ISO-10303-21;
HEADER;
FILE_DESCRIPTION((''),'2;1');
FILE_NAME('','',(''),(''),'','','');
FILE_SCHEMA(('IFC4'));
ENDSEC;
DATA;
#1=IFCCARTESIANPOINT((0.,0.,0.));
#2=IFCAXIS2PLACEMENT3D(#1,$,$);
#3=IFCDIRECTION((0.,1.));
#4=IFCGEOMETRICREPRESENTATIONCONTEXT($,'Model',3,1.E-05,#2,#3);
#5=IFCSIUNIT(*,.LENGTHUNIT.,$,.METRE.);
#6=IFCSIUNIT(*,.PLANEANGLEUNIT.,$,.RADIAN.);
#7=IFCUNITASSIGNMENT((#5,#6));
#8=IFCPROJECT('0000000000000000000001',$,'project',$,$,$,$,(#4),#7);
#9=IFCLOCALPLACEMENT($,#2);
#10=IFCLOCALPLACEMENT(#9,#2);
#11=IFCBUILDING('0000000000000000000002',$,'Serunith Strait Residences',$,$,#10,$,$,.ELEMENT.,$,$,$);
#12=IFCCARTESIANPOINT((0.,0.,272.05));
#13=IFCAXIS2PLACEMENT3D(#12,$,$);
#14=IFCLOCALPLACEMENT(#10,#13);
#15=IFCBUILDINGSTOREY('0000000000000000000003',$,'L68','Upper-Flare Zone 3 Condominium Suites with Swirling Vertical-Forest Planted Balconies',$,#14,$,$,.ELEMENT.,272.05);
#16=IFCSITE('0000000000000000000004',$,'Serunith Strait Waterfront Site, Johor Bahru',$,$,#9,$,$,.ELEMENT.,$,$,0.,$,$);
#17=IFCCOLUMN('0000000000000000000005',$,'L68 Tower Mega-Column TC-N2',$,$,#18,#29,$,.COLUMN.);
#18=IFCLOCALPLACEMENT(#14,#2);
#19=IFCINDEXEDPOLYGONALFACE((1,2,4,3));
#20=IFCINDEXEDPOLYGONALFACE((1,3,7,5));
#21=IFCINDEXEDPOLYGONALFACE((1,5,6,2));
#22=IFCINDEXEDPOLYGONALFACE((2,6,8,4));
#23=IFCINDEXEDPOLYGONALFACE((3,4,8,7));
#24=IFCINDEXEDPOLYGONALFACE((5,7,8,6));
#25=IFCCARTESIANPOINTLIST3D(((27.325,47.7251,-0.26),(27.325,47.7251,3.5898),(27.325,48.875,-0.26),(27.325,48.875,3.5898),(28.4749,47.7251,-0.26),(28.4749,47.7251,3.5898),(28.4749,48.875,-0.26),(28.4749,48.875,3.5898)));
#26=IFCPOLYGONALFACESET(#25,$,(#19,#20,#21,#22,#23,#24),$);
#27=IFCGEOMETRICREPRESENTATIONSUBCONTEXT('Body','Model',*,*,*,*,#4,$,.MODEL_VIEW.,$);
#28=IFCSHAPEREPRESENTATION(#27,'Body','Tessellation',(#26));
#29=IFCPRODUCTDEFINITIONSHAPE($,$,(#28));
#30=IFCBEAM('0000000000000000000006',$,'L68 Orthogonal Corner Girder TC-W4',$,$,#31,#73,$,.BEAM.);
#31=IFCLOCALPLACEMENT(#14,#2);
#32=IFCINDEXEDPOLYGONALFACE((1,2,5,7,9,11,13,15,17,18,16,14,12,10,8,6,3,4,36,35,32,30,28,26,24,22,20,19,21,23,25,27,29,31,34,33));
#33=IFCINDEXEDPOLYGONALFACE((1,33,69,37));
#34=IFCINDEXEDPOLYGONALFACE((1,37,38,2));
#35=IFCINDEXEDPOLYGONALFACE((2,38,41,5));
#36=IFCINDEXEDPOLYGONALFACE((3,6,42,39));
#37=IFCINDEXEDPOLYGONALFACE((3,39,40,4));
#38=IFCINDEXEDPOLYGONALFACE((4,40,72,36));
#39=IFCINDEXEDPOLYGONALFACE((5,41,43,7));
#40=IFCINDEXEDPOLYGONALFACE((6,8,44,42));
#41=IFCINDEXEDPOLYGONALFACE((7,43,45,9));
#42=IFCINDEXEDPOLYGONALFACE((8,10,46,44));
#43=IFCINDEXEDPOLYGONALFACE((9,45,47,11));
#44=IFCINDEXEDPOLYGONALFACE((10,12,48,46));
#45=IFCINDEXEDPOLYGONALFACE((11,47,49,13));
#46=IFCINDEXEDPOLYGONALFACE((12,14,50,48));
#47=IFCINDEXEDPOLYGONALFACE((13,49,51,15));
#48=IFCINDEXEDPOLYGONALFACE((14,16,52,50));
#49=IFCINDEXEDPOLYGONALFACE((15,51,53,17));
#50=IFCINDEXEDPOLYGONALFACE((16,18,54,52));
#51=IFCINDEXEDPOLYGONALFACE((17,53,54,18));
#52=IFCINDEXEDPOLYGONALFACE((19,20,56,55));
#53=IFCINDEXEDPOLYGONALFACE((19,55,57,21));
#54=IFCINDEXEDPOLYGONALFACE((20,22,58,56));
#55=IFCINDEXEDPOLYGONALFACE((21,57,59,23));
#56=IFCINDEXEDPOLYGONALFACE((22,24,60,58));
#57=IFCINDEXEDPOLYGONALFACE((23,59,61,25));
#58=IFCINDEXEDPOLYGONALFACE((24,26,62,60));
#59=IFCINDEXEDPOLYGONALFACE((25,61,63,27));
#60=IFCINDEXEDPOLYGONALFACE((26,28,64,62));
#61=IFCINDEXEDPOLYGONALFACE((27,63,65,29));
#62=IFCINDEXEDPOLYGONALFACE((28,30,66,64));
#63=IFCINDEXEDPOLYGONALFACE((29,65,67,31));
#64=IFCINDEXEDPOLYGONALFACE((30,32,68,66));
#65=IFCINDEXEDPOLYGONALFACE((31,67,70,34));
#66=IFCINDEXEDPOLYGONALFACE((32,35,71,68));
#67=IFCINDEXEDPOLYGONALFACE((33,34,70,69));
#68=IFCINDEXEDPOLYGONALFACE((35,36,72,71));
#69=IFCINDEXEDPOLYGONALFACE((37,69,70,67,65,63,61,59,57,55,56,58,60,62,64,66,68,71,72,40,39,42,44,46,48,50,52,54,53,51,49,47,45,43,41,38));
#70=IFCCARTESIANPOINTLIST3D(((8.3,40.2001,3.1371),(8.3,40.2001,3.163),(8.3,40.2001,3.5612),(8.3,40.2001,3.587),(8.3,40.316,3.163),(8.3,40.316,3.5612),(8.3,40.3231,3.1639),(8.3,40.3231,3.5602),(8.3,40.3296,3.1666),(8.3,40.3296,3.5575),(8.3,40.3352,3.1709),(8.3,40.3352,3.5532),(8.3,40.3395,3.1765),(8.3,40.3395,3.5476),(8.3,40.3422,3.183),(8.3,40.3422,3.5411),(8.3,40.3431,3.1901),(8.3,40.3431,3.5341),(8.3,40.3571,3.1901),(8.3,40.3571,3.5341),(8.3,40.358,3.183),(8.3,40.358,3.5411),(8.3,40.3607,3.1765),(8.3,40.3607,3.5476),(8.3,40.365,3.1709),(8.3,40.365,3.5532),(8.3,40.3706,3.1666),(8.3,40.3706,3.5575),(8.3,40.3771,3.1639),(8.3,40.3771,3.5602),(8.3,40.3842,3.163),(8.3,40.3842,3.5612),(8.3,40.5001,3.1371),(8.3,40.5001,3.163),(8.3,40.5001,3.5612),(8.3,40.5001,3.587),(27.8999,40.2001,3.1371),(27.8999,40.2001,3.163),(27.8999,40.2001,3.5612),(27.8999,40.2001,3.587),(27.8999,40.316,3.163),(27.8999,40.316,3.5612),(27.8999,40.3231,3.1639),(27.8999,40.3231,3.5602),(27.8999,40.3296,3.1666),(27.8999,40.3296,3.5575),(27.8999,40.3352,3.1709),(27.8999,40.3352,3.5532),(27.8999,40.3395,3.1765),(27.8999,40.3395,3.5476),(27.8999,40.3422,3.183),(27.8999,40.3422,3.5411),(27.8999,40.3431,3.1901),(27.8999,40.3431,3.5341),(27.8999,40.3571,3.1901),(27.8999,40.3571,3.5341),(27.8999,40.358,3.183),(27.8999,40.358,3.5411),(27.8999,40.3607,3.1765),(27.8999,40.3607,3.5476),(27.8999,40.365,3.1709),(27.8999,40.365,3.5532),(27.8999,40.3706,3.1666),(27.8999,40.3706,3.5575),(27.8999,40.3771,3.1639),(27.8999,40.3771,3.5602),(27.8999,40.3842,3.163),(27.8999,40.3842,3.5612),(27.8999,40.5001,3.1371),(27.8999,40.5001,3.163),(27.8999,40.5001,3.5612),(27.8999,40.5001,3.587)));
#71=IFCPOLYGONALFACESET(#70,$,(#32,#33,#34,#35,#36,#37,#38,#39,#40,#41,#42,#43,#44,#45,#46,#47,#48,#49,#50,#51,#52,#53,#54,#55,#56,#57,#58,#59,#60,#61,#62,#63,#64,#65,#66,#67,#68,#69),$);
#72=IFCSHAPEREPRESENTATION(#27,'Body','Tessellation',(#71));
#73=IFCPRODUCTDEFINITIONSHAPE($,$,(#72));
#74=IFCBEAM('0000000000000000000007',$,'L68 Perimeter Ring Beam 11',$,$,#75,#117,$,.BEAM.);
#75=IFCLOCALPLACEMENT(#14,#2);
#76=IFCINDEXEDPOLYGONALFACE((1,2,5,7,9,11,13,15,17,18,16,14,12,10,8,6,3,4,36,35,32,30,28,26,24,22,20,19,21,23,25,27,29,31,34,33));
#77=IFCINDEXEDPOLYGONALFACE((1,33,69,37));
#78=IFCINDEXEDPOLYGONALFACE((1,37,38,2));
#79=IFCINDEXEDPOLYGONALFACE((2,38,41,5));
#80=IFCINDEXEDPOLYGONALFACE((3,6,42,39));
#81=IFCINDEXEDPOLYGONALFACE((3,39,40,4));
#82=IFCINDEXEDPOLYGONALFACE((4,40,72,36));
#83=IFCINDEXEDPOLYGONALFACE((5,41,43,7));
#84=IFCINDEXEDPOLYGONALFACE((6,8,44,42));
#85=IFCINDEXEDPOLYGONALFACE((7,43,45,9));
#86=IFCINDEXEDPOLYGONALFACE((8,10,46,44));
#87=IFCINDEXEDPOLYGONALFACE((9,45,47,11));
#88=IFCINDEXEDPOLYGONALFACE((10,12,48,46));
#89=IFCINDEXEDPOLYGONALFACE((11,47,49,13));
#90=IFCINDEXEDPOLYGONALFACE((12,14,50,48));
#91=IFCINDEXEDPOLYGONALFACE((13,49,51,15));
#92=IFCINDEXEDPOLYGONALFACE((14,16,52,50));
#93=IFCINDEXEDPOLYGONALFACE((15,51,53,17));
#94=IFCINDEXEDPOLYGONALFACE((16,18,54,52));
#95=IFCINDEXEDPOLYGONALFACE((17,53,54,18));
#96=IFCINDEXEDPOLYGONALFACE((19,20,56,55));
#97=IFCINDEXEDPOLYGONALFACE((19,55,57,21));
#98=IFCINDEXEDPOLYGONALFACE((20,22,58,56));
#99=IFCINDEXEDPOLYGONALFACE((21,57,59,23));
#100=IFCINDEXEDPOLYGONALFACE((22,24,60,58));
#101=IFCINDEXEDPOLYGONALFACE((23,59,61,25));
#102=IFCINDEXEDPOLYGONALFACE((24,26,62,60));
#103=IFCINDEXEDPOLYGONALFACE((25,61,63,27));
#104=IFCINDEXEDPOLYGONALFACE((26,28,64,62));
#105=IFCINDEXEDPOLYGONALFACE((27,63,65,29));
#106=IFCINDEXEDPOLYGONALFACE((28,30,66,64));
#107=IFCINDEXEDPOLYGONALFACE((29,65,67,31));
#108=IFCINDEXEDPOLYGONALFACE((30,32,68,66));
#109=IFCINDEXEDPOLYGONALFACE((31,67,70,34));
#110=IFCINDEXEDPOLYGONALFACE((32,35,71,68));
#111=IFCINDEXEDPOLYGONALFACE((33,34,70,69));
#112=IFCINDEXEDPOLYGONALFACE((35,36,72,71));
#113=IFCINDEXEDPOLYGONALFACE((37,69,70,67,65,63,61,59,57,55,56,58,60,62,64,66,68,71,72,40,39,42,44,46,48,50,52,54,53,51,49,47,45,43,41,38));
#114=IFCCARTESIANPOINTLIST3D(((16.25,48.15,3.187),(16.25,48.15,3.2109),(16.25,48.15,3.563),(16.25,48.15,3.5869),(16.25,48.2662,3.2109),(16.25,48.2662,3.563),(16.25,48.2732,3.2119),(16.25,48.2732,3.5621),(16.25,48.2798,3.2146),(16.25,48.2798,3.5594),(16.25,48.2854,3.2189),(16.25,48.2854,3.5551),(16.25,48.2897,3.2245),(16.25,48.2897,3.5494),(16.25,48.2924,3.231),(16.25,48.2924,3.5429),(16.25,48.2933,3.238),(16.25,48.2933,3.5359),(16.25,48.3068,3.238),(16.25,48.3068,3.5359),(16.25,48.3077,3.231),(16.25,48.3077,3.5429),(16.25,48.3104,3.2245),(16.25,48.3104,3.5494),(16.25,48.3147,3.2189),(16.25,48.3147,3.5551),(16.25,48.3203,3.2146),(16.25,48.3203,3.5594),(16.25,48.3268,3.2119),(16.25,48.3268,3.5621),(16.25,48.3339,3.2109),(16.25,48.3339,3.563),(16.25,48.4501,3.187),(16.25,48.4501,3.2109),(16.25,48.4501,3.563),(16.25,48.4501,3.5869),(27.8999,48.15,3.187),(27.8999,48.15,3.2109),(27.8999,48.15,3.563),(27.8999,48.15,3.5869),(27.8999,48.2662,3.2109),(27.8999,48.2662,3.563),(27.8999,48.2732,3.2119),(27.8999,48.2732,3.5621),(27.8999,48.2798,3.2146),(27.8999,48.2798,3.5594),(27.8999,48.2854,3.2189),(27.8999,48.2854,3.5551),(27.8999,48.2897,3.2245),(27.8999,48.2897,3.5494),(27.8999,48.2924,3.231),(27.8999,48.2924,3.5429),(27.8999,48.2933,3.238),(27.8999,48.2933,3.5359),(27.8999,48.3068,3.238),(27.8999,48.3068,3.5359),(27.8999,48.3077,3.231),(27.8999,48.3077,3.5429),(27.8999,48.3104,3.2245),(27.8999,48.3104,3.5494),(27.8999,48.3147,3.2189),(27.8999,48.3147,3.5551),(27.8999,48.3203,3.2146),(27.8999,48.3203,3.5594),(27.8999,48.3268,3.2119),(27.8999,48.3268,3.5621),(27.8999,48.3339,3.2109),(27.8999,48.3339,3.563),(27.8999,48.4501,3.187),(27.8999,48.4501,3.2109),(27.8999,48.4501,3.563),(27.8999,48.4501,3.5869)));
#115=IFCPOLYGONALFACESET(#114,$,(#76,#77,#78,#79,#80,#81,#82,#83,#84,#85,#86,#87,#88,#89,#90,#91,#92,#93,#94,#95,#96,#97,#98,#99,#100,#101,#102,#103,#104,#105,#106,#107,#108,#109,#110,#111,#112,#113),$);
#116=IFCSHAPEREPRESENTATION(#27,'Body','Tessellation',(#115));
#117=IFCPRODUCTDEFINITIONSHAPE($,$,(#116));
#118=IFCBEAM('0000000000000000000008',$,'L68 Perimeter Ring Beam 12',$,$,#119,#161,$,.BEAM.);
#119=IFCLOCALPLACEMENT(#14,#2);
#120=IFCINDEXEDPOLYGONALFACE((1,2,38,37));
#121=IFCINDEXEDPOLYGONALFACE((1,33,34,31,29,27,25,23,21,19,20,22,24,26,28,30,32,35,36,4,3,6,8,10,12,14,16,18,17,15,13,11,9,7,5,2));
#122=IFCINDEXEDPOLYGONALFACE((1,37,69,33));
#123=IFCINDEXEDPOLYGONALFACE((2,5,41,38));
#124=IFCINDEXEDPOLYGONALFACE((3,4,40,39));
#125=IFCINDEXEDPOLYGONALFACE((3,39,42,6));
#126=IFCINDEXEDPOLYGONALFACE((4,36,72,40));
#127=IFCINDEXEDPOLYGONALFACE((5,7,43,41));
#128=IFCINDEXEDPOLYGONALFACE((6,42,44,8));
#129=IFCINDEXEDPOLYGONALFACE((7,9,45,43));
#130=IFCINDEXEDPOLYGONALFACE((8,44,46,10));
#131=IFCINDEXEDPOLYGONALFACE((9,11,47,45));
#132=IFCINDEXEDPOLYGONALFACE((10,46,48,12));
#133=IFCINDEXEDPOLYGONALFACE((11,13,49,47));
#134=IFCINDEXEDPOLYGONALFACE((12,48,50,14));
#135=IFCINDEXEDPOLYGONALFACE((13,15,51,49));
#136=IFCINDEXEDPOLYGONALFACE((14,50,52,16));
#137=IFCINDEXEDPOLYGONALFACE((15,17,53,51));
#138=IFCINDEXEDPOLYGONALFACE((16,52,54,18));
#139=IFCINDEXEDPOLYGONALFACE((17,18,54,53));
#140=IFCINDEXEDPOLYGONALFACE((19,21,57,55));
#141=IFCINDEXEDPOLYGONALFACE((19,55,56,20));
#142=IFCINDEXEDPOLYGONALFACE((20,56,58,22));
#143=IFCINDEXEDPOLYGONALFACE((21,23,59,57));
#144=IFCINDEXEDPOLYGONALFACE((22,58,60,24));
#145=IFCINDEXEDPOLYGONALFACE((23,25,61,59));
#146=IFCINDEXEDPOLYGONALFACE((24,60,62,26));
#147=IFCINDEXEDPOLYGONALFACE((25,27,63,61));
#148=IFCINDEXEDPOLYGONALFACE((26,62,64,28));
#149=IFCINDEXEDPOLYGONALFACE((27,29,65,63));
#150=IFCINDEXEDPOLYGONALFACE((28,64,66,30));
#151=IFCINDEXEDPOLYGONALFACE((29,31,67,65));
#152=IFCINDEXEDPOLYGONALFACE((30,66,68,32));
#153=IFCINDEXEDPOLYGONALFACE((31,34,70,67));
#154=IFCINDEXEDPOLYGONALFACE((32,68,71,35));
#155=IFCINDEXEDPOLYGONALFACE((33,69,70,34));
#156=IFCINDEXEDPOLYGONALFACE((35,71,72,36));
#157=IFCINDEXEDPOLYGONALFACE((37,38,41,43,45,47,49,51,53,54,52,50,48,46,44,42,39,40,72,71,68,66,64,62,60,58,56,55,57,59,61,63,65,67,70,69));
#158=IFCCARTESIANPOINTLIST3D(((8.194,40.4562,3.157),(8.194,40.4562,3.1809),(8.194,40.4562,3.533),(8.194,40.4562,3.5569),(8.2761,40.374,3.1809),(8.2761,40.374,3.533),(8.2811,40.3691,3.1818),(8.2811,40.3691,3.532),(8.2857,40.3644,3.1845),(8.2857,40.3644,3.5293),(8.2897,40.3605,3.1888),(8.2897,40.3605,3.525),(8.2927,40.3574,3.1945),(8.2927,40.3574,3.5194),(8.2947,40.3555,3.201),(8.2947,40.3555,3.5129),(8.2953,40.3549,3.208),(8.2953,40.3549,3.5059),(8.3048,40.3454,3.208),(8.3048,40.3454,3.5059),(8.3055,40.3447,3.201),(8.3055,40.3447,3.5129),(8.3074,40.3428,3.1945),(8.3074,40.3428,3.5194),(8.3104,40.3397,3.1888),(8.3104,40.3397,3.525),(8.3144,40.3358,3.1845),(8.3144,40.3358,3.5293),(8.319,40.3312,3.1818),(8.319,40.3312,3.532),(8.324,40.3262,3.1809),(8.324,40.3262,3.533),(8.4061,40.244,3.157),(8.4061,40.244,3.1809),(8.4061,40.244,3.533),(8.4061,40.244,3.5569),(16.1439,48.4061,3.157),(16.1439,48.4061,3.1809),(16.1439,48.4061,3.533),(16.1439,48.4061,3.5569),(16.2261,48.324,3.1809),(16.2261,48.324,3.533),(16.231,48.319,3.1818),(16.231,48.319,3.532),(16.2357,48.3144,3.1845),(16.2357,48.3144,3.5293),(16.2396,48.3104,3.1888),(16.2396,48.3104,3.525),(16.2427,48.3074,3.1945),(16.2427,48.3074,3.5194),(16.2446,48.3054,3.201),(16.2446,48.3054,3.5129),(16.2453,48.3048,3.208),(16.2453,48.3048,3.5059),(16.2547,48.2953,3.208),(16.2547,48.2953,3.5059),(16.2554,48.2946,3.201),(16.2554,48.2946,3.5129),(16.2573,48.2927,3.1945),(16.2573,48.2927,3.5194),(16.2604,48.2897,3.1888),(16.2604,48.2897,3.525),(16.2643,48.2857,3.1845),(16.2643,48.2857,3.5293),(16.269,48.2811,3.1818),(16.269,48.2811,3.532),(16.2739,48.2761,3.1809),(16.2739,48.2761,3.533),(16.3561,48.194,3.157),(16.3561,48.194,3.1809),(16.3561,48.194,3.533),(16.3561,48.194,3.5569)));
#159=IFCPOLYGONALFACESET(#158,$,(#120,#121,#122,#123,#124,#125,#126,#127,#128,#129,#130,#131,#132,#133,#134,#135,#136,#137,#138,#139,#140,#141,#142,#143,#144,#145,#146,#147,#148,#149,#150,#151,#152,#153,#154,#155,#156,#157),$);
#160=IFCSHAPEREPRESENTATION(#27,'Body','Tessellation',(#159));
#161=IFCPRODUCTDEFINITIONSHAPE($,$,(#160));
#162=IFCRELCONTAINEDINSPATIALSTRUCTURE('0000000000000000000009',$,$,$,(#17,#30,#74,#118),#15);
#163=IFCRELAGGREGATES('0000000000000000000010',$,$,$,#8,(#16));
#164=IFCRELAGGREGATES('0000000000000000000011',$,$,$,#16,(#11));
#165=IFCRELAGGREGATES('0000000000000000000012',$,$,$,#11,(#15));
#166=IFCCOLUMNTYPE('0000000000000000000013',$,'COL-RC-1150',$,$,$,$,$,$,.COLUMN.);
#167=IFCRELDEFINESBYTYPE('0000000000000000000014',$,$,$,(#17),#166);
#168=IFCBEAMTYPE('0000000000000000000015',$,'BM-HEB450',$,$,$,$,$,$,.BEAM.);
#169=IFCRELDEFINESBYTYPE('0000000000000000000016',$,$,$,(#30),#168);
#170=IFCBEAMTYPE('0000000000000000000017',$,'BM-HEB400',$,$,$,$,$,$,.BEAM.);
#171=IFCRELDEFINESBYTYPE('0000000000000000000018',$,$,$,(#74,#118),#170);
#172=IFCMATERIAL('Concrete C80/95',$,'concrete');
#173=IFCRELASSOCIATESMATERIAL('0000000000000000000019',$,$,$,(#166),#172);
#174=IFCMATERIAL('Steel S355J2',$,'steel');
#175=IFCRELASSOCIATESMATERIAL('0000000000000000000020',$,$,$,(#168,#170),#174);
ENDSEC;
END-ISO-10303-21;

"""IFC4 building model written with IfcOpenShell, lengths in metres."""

from ifc_helpers import new_model, si_unit, direction, frame, origin, origin_2d, place, context, subcontext, project, spatial, rectangle, i_section, extrude, source, transform, mapped, material, material_profile, profile_set, type_object, element, save


model = new_model("IFC4")

# Units and contexts
model_context = context("Model", 3, precision=1e-05, world=origin(), true_north=direction((0.0, 1.0)))
body_context = subcontext(model_context, "Body", "Model", "MODEL_VIEW")
ifc_project = project(units=[si_unit("LENGTHUNIT", "METRE"), si_unit("PLANEANGLEUNIT", "RADIAN")], contexts=[model_context])

# Site, building, storey
site_placement = place(None, origin())
site = spatial("IfcSite", under=ifc_project, at=site_placement, Name="Serunith Strait Waterfront Site, Johor Bahru", CompositionType="ELEMENT", RefElevation=0.0)
building_placement = place(site_placement, origin())
building = spatial("IfcBuilding", under=site, at=building_placement, Name="Serunith Strait Residences", CompositionType="ELEMENT")
storey_placement = place(building_placement, frame((0.0, 0.0, 272.05)))
storey = spatial("IfcBuildingStorey", under=building, at=storey_placement, Name="L68", Description="Upper-Flare Zone 3 Condominium Suites with Swirling Vertical-Forest Planted Balconies", CompositionType="ELEMENT", Elevation=272.05)

# Column
ifc_material_1 = material(Name="Concrete C80/95", Category="concrete")
ifc_material_profile_1 = material_profile(ifc_material_1, rectangle(XDim=1.1499, YDim=1.1499, at=origin_2d()), Name="RC 1150x1150")
ifc_profile_set_1 = profile_set([ifc_material_profile_1], Name="Concrete C80/95")
column_type = type_object("IfcColumnType", Name="COL-RC-1150", PredefinedType="COLUMN", material=ifc_profile_set_1)
shared_shape_1 = source(origin(), body_context, "Body", "SweptSolid", [
    extrude(rectangle(XDim=1.1499, YDim=1.1499, at=origin_2d()), origin(), (0.0, 0.0, 1.0), 3.8499),
])
column_placement = place(storey_placement, frame((27.8999, 48.3, -0.26), z_axis=(0.0, 0.0, 1.0), x_axis=(1.0, 0.0, 0.0)))
element("IfcColumn", 1, at=column_placement, inside=storey, type_object=column_type, Name="L68 Tower Mega-Column TC-N2", PredefinedType="COLUMN", context=body_context, shape_type="MappedRepresentation", body=[
    mapped(shared_shape_1, transform((0.0, 0.0, 0.0), scale=1.0)),
])

# Beams
ifc_material_2 = material(Name="Steel S355J2", Category="steel")
ifc_material_profile_2 = material_profile(ifc_material_2, i_section(OverallWidth=0.3, OverallDepth=0.45, WebThickness=0.0139, FlangeThickness=0.0259, FilletRadius=0.0271, at=origin_2d()), Name="HEB 450")
ifc_profile_set_2 = profile_set([ifc_material_profile_2], Name="Steel S355J2")
beam_type_1 = type_object("IfcBeamType", Name="BM-HEB450", PredefinedType="BEAM", material=ifc_profile_set_2)
shared_shape_2 = source(origin(), body_context, "Body", "SweptSolid", [
    extrude(i_section(OverallWidth=0.3, OverallDepth=0.45, WebThickness=0.0139, FlangeThickness=0.0259, FilletRadius=0.0271, at=origin_2d()), origin(), (0.0, 0.0, 1.0), 19.5999),
])
beam_1_placement = place(storey_placement, frame((27.8999, 40.3501, 3.3621), z_axis=(-1.0, 0.0, 0.0), x_axis=(0.0, -1.0, 0.0)))
element("IfcBeam", 2, at=beam_1_placement, inside=storey, type_object=beam_type_1, Name="L68 Orthogonal Corner Girder TC-W4", PredefinedType="BEAM", context=body_context, shape_type="MappedRepresentation", body=[
    mapped(shared_shape_2, transform((0.0, 0.0, 0.0), scale=1.0)),
])
ifc_material_profile_3 = material_profile(ifc_material_2, i_section(OverallWidth=0.3, OverallDepth=0.3999, WebThickness=0.0134, FlangeThickness=0.0239, FilletRadius=0.0271, at=origin_2d()), Name="HEB 400")
ifc_profile_set_3 = profile_set([ifc_material_profile_3], Name="Steel S355J2")
beam_type_2 = type_object("IfcBeamType", Name="BM-HEB400", PredefinedType="BEAM", material=ifc_profile_set_3)
shared_shape_3 = source(origin(), body_context, "Body", "SweptSolid", [
    extrude(i_section(OverallWidth=0.3, OverallDepth=0.3999, WebThickness=0.0134, FlangeThickness=0.0239, FilletRadius=0.0271, at=origin_2d()), origin(), (0.0, 0.0, 1.0), 11.6499),
])
beam_2_placement = place(storey_placement, frame((27.8999, 48.3, 3.387), z_axis=(-1.0, 0.0, 0.0), x_axis=(0.0, -1.0, 0.0)))
element("IfcBeam", 3, at=beam_2_placement, inside=storey, type_object=beam_type_2, Name="L68 Perimeter Ring Beam 11", PredefinedType="BEAM", context=body_context, shape_type="MappedRepresentation", body=[
    mapped(shared_shape_3, transform((0.0, 0.0, 0.0), scale=1.0)),
])
shared_shape_4 = source(origin(), body_context, "Body", "SweptSolid", [
    extrude(i_section(OverallWidth=0.3, OverallDepth=0.3999, WebThickness=0.0134, FlangeThickness=0.0239, FilletRadius=0.0271, at=origin_2d()), origin(), (0.0, 0.0, 1.0), 11.2429),
])
beam_3_placement = place(storey_placement, frame((16.25, 48.3, 3.3569), z_axis=(-0.707107, -0.707107, 0.0), x_axis=(0.707107, -0.707107, 0.0)))
element("IfcBeam", 4, at=beam_3_placement, inside=storey, type_object=beam_type_2, Name="L68 Perimeter Ring Beam 12", PredefinedType="BEAM", context=body_context, shape_type="MappedRepresentation", body=[
    mapped(shared_shape_4, transform((0.0, 0.0, 0.0), scale=1.0)),
])

save(model, "model.ifc")
